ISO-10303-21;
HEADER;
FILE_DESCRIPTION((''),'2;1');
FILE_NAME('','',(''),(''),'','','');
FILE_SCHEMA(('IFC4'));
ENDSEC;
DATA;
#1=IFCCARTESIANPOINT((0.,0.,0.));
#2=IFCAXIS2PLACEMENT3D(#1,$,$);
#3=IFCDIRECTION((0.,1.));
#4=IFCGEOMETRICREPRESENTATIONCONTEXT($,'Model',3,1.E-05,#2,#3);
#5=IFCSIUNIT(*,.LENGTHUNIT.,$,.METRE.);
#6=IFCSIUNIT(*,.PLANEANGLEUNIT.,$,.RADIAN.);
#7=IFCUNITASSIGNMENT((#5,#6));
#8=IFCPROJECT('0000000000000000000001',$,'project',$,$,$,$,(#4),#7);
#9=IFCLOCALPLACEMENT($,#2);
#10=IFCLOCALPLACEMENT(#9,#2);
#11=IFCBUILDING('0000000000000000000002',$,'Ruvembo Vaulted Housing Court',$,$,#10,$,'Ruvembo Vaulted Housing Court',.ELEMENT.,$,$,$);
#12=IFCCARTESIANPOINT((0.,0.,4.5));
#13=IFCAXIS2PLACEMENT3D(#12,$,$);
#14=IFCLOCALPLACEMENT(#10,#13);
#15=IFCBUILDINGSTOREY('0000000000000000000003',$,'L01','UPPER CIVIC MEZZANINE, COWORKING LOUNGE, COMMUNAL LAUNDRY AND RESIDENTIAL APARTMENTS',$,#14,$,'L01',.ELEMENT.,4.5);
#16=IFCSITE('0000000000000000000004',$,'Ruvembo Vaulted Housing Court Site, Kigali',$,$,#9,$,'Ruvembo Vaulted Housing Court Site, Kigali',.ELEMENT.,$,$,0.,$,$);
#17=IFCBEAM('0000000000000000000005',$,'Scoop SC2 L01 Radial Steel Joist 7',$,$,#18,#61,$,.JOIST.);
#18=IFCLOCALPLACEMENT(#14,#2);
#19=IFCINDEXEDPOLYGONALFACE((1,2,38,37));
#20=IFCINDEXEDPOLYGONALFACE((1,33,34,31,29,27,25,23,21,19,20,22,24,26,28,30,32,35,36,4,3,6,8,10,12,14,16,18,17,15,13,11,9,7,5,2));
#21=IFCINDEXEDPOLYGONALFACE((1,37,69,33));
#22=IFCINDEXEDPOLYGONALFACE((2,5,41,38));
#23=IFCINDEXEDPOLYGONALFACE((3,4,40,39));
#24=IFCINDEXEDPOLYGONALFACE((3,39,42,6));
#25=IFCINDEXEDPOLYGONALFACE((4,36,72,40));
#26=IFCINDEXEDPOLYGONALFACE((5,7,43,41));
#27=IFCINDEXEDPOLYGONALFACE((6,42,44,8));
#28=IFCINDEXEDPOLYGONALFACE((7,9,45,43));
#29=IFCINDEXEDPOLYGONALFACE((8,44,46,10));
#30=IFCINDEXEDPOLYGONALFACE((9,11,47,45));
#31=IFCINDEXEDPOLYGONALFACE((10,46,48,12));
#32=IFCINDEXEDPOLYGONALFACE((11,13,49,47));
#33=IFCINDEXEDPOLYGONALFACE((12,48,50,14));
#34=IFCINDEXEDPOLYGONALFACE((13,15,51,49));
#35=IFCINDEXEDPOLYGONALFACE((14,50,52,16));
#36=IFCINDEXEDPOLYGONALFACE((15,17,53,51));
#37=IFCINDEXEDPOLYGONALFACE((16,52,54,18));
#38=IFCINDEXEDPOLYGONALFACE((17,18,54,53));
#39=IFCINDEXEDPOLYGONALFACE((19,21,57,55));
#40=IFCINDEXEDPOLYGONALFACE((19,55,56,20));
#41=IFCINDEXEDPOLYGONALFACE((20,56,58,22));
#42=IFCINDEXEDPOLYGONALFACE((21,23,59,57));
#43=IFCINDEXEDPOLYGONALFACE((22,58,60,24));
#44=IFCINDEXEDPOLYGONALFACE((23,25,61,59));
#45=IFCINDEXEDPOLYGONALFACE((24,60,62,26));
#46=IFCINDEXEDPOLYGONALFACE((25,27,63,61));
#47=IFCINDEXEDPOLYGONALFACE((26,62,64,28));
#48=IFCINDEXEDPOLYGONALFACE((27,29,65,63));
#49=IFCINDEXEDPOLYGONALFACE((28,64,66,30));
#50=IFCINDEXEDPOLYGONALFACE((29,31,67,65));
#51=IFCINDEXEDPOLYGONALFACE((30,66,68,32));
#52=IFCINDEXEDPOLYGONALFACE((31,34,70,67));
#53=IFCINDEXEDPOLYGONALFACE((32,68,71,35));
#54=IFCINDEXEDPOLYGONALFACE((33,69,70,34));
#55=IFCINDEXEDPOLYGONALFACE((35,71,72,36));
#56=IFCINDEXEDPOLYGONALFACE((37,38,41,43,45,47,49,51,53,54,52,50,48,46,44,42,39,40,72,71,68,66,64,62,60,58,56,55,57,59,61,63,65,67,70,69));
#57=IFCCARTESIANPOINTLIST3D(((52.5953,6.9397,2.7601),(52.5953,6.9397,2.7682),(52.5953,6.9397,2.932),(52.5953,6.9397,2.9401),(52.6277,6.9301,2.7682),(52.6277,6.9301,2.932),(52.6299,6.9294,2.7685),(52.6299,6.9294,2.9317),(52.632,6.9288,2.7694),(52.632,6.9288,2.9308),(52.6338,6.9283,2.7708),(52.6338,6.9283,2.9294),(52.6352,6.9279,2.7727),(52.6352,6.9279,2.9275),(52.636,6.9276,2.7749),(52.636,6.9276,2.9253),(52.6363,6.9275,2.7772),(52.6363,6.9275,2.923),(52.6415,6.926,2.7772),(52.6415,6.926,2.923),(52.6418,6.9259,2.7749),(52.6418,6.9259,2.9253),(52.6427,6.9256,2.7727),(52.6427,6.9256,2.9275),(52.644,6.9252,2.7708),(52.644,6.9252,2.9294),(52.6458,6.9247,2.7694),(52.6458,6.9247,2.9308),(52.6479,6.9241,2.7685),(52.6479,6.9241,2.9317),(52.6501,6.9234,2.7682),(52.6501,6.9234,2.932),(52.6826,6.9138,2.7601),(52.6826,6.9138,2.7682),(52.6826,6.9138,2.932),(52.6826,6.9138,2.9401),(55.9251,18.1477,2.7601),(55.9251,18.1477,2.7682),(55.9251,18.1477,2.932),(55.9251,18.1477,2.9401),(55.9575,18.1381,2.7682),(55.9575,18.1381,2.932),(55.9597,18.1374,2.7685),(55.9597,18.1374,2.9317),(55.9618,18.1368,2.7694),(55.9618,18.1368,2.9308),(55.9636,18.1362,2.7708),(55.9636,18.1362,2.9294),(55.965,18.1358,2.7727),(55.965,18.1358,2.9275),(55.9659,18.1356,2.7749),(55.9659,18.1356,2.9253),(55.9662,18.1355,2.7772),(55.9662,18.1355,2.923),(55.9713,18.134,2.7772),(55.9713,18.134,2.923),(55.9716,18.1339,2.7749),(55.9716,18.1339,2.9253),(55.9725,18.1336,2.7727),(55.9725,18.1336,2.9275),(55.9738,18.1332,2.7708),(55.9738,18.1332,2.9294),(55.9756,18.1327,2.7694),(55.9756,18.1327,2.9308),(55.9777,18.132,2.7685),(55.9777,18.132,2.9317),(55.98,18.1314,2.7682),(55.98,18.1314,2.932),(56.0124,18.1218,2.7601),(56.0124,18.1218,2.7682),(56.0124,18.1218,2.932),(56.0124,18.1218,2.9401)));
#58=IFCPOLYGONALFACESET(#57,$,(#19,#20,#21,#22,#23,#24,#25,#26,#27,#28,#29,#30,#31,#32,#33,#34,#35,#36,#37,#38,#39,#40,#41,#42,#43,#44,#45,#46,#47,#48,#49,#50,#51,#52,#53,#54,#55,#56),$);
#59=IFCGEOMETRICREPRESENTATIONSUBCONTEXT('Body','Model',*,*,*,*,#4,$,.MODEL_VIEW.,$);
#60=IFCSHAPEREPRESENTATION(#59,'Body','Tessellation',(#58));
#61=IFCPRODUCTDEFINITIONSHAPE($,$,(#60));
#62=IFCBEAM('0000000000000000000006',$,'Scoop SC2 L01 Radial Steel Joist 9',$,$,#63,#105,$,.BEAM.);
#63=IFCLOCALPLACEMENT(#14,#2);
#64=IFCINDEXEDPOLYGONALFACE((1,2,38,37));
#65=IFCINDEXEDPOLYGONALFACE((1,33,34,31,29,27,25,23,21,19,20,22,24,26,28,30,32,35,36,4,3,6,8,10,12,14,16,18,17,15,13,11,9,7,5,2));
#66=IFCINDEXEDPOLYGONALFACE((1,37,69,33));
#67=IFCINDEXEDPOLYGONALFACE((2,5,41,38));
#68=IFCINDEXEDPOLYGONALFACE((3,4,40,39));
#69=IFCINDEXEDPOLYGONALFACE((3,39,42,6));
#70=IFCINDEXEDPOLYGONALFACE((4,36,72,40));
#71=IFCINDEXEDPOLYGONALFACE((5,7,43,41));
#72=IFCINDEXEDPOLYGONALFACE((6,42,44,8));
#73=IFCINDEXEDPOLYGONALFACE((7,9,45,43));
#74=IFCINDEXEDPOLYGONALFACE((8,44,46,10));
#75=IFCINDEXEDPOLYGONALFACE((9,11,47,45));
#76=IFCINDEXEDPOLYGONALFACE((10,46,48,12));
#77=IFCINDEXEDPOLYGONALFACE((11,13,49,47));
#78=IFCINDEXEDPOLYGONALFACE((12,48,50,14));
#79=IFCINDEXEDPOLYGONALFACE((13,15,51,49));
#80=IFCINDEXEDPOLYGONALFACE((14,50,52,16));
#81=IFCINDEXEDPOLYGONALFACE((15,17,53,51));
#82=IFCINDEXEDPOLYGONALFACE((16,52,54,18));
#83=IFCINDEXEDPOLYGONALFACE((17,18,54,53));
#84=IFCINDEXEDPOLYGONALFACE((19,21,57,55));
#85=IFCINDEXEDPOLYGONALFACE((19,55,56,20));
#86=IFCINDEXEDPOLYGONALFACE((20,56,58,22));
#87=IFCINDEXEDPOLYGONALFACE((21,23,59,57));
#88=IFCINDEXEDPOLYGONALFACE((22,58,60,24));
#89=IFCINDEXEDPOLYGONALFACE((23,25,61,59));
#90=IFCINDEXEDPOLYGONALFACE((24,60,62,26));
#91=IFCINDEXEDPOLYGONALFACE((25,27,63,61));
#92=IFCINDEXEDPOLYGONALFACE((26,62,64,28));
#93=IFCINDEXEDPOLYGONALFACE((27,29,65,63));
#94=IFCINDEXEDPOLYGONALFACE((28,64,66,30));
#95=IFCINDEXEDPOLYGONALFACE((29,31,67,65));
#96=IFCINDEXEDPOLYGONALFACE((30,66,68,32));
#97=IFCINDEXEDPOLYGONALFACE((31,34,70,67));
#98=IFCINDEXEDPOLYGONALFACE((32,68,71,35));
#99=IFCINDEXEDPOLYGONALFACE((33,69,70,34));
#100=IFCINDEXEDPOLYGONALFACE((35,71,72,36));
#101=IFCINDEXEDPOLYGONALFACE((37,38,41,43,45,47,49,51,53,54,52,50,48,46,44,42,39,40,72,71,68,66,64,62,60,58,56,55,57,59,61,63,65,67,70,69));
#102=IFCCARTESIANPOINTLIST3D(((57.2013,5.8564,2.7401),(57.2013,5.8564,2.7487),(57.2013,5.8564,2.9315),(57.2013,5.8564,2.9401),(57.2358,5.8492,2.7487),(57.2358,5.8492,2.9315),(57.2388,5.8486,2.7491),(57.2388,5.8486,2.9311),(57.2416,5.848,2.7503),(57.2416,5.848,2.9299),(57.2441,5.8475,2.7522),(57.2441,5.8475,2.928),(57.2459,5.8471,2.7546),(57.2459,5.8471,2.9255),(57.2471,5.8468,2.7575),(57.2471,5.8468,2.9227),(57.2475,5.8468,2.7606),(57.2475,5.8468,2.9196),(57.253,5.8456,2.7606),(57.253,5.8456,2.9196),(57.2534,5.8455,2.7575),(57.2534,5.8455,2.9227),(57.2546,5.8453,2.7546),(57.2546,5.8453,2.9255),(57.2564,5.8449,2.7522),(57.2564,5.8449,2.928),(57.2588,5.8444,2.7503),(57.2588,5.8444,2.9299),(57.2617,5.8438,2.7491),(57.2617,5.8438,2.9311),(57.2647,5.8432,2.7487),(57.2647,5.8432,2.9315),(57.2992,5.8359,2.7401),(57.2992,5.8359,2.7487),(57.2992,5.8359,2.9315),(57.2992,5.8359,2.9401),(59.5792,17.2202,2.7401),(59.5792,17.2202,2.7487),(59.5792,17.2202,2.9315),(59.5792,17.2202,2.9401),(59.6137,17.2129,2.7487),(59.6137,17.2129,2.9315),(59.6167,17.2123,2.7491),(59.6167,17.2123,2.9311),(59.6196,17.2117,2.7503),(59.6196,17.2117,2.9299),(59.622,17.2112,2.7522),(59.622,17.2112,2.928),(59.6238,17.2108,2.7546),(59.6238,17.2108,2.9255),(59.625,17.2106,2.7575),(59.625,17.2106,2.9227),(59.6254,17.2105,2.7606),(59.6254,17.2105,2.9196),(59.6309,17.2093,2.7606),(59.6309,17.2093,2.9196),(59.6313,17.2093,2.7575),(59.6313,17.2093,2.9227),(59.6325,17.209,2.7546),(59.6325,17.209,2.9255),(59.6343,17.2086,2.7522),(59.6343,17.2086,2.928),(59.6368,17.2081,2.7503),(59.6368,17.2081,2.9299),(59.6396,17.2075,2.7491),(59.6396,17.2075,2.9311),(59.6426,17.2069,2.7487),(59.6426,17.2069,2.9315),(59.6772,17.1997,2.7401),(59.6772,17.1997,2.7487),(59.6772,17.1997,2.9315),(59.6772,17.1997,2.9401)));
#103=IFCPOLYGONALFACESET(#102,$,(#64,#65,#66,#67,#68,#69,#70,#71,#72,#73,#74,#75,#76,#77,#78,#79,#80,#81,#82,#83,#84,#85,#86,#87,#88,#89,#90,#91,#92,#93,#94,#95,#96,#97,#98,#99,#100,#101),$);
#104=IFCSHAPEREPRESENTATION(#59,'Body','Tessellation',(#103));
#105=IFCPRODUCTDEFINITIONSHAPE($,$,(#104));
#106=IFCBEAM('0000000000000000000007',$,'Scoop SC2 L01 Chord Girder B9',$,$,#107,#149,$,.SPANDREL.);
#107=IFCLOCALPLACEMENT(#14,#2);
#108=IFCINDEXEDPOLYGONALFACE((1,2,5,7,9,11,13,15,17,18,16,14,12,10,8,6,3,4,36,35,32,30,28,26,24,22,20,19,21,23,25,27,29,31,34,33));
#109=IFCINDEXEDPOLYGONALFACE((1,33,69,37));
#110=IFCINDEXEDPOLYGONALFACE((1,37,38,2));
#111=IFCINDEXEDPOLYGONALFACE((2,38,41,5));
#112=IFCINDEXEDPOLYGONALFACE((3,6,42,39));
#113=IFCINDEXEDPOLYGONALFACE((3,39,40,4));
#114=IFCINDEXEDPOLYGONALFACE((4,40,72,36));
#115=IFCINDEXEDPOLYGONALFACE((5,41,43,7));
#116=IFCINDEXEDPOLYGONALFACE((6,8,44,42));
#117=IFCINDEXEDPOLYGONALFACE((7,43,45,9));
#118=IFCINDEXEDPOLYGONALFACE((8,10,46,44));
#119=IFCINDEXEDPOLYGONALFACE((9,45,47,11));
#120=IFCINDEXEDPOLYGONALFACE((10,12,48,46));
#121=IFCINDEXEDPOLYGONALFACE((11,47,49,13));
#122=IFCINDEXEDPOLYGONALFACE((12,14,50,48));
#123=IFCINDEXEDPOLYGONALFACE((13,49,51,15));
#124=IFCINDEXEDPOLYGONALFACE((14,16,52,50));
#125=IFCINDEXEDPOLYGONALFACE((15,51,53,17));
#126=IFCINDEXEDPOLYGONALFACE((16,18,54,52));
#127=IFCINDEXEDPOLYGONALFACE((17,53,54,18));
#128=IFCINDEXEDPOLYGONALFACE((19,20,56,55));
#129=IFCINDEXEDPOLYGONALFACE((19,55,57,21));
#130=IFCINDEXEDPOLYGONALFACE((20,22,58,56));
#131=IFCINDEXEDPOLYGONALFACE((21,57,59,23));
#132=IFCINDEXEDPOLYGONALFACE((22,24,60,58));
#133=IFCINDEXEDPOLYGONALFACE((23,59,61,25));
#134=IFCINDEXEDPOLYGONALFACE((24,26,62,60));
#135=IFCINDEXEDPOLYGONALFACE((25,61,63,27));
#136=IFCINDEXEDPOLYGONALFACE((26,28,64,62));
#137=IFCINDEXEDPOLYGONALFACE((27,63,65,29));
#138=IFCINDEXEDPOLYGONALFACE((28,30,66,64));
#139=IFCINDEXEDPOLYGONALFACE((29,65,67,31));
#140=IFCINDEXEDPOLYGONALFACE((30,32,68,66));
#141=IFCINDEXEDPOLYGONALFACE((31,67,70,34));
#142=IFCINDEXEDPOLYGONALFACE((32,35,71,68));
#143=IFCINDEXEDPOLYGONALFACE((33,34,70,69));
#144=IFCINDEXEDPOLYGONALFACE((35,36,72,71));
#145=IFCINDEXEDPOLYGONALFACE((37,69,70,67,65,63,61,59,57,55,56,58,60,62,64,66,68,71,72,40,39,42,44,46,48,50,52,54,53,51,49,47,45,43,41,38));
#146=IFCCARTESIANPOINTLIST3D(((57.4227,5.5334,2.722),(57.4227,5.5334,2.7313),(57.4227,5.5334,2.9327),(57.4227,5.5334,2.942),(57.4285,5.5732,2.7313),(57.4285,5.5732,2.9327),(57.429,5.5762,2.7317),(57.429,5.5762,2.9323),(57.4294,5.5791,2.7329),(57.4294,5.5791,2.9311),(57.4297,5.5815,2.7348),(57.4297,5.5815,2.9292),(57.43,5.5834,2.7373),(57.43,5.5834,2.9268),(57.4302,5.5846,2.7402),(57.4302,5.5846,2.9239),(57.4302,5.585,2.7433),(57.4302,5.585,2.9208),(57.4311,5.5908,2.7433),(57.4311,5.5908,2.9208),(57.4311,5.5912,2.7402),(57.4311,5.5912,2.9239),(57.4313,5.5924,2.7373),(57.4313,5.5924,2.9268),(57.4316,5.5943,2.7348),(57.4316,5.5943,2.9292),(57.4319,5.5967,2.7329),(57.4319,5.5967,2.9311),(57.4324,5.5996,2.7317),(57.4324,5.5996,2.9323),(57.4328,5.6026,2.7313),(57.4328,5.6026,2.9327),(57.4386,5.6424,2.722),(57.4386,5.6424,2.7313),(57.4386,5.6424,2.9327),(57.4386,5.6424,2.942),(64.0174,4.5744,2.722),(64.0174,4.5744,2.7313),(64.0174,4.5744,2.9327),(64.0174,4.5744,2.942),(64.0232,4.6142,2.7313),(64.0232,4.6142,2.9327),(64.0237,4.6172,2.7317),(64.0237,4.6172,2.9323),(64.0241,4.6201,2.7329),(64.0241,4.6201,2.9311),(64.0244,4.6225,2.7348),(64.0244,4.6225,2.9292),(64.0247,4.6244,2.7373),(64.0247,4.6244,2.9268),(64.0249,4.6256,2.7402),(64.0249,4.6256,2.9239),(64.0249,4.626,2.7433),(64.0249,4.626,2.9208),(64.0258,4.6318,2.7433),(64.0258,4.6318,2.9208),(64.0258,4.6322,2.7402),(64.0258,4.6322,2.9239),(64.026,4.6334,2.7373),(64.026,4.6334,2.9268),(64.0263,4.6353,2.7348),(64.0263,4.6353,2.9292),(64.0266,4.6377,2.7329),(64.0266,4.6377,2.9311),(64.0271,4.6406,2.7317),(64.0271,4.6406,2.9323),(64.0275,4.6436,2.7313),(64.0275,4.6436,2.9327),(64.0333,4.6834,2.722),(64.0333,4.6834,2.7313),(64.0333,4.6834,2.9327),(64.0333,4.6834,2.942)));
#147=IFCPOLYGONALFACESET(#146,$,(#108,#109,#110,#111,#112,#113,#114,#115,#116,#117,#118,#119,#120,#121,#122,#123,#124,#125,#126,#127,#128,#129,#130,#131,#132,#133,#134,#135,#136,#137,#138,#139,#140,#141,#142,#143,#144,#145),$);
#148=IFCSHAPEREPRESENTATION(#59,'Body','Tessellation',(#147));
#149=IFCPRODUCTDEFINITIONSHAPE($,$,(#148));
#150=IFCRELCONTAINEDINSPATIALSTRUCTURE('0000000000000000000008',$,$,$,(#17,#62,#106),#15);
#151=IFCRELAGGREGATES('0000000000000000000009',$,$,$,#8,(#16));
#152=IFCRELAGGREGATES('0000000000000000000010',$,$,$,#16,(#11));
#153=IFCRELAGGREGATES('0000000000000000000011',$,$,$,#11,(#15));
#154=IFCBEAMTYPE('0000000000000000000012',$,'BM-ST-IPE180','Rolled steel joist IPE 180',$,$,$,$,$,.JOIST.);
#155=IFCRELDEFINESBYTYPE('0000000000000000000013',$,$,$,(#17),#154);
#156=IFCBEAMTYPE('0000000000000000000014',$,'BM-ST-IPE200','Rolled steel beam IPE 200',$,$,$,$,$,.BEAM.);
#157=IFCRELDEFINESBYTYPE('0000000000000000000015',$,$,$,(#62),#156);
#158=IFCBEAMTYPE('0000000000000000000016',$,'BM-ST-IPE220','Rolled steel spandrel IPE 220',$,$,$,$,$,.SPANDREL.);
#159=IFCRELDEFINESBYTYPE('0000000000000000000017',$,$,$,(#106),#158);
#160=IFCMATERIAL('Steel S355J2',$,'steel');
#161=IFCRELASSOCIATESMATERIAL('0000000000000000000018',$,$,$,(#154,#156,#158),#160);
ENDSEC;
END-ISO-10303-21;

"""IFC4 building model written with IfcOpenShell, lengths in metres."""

from ifc_helpers import new_model, si_unit, direction, frame, origin, origin_2d, place, context, subcontext, project, spatial, i_section, extrude, material, material_profile, profile_set, type_object, element, save


model = new_model("IFC4")

# Units and contexts
model_context = context("Model", 3, precision=1e-05, world=origin(), true_north=direction((0.0, 1.0)))
body_context = subcontext(model_context, "Body", "Model", "MODEL_VIEW")
ifc_project = project(units=[si_unit("LENGTHUNIT", "METRE"), si_unit("PLANEANGLEUNIT", "RADIAN")], contexts=[model_context])

# Site, building, storey
site_placement = place(None, origin())
site = spatial("IfcSite", under=ifc_project, at=site_placement, Name="Ruvembo Vaulted Housing Court Site, Kigali", LongName="Ruvembo Vaulted Housing Court Site, Kigali", CompositionType="ELEMENT", RefElevation=0.0)
building_placement = place(site_placement, origin())
building = spatial("IfcBuilding", under=site, at=building_placement, Name="Ruvembo Vaulted Housing Court", LongName="Ruvembo Vaulted Housing Court", CompositionType="ELEMENT")
storey_placement = place(building_placement, frame((0.0, 0.0, 4.5)))
storey = spatial("IfcBuildingStorey", under=building, at=storey_placement, Name="L01", Description="UPPER CIVIC MEZZANINE, COWORKING LOUNGE, COMMUNAL LAUNDRY AND RESIDENTIAL APARTMENTS", LongName="L01", CompositionType="ELEMENT", Elevation=4.5)

# Beams
ifc_material_1 = material(Name="Steel S355J2", Category="steel")
ifc_material_profile_1 = material_profile(ifc_material_1, i_section(OverallWidth=0.0911, OverallDepth=0.1799, WebThickness=0.0054, FlangeThickness=0.0081, FilletRadius=0.009, at=origin_2d()), Name="IPE 180")
ifc_profile_set_1 = profile_set([ifc_material_profile_1], Name="Steel S355J2")
beam_type_1 = type_object("IfcBeamType", Name="BM-ST-IPE180", Description="Rolled steel joist IPE 180", PredefinedType="JOIST", material=ifc_profile_set_1)
beam_1_placement = place(storey_placement, frame((52.6389, 6.9268, 2.8501), z_axis=(0.284791, 0.95859, 0.0), x_axis=(-0.95859, 0.284791, 0.0)))
element("IfcBeam", 1, at=beam_1_placement, inside=storey, type_object=beam_type_1, Name="Scoop SC2 L01 Radial Steel Joist 7", PredefinedType="JOIST", context=body_context, shape_type="SweptSolid", body=[
    extrude(i_section(OverallWidth=0.0911, OverallDepth=0.1799, WebThickness=0.0054, FlangeThickness=0.0081, FilletRadius=0.009, at=origin_2d()), origin(), (0.0, 0.0, 1.0), 11.6921),
])
ifc_material_profile_2 = material_profile(ifc_material_1, i_section(OverallWidth=0.1001, OverallDepth=0.2, WebThickness=0.0056, FlangeThickness=0.0085, FilletRadius=0.012, at=origin_2d()), Name="IPE 200")
ifc_profile_set_2 = profile_set([ifc_material_profile_2], Name="Steel S355J2")
beam_type_2 = type_object("IfcBeamType", Name="BM-ST-IPE200", Description="Rolled steel beam IPE 200", PredefinedType="BEAM", material=ifc_profile_set_2)
beam_2_placement = place(storey_placement, frame((57.2502, 5.8462, 2.8401), z_axis=(0.204819, 0.9788, 0.0), x_axis=(-0.9788, 0.204819, 0.0)))
element("IfcBeam", 2, at=beam_2_placement, inside=storey, type_object=beam_type_2, Name="Scoop SC2 L01 Radial Steel Joist 9", PredefinedType="BEAM", context=body_context, shape_type="SweptSolid", body=[
    extrude(i_section(OverallWidth=0.1001, OverallDepth=0.2, WebThickness=0.0056, FlangeThickness=0.0085, FilletRadius=0.012, at=origin_2d()), origin(), (0.0, 0.0, 1.0), 11.6099),
])
ifc_material_profile_3 = material_profile(ifc_material_1, i_section(OverallWidth=0.1101, OverallDepth=0.22, WebThickness=0.0059, FlangeThickness=0.0093, FilletRadius=0.012, at=origin_2d()), Name="IPE 220")
ifc_profile_set_3 = profile_set([ifc_material_profile_3], Name="Steel S355J2")
beam_type_3 = type_object("IfcBeamType", Name="BM-ST-IPE220", Description="Rolled steel spandrel IPE 220", PredefinedType="SPANDREL", material=ifc_profile_set_3)
beam_3_placement = place(storey_placement, frame((57.4307, 5.5879, 2.832), z_axis=(0.989592, -0.143903, 0.0), x_axis=(0.143903, 0.989592, 0.0)))
element("IfcBeam", 3, at=beam_3_placement, inside=storey, type_object=beam_type_3, Name="Scoop SC2 L01 Chord Girder B9", PredefinedType="SPANDREL", context=body_context, shape_type="SweptSolid", body=[
    extrude(i_section(OverallWidth=0.1101, OverallDepth=0.22, WebThickness=0.0059, FlangeThickness=0.0093, FilletRadius=0.012, at=origin_2d()), origin(), (0.0, 0.0, 1.0), 6.6641),
])

save(model, "model.ifc")
